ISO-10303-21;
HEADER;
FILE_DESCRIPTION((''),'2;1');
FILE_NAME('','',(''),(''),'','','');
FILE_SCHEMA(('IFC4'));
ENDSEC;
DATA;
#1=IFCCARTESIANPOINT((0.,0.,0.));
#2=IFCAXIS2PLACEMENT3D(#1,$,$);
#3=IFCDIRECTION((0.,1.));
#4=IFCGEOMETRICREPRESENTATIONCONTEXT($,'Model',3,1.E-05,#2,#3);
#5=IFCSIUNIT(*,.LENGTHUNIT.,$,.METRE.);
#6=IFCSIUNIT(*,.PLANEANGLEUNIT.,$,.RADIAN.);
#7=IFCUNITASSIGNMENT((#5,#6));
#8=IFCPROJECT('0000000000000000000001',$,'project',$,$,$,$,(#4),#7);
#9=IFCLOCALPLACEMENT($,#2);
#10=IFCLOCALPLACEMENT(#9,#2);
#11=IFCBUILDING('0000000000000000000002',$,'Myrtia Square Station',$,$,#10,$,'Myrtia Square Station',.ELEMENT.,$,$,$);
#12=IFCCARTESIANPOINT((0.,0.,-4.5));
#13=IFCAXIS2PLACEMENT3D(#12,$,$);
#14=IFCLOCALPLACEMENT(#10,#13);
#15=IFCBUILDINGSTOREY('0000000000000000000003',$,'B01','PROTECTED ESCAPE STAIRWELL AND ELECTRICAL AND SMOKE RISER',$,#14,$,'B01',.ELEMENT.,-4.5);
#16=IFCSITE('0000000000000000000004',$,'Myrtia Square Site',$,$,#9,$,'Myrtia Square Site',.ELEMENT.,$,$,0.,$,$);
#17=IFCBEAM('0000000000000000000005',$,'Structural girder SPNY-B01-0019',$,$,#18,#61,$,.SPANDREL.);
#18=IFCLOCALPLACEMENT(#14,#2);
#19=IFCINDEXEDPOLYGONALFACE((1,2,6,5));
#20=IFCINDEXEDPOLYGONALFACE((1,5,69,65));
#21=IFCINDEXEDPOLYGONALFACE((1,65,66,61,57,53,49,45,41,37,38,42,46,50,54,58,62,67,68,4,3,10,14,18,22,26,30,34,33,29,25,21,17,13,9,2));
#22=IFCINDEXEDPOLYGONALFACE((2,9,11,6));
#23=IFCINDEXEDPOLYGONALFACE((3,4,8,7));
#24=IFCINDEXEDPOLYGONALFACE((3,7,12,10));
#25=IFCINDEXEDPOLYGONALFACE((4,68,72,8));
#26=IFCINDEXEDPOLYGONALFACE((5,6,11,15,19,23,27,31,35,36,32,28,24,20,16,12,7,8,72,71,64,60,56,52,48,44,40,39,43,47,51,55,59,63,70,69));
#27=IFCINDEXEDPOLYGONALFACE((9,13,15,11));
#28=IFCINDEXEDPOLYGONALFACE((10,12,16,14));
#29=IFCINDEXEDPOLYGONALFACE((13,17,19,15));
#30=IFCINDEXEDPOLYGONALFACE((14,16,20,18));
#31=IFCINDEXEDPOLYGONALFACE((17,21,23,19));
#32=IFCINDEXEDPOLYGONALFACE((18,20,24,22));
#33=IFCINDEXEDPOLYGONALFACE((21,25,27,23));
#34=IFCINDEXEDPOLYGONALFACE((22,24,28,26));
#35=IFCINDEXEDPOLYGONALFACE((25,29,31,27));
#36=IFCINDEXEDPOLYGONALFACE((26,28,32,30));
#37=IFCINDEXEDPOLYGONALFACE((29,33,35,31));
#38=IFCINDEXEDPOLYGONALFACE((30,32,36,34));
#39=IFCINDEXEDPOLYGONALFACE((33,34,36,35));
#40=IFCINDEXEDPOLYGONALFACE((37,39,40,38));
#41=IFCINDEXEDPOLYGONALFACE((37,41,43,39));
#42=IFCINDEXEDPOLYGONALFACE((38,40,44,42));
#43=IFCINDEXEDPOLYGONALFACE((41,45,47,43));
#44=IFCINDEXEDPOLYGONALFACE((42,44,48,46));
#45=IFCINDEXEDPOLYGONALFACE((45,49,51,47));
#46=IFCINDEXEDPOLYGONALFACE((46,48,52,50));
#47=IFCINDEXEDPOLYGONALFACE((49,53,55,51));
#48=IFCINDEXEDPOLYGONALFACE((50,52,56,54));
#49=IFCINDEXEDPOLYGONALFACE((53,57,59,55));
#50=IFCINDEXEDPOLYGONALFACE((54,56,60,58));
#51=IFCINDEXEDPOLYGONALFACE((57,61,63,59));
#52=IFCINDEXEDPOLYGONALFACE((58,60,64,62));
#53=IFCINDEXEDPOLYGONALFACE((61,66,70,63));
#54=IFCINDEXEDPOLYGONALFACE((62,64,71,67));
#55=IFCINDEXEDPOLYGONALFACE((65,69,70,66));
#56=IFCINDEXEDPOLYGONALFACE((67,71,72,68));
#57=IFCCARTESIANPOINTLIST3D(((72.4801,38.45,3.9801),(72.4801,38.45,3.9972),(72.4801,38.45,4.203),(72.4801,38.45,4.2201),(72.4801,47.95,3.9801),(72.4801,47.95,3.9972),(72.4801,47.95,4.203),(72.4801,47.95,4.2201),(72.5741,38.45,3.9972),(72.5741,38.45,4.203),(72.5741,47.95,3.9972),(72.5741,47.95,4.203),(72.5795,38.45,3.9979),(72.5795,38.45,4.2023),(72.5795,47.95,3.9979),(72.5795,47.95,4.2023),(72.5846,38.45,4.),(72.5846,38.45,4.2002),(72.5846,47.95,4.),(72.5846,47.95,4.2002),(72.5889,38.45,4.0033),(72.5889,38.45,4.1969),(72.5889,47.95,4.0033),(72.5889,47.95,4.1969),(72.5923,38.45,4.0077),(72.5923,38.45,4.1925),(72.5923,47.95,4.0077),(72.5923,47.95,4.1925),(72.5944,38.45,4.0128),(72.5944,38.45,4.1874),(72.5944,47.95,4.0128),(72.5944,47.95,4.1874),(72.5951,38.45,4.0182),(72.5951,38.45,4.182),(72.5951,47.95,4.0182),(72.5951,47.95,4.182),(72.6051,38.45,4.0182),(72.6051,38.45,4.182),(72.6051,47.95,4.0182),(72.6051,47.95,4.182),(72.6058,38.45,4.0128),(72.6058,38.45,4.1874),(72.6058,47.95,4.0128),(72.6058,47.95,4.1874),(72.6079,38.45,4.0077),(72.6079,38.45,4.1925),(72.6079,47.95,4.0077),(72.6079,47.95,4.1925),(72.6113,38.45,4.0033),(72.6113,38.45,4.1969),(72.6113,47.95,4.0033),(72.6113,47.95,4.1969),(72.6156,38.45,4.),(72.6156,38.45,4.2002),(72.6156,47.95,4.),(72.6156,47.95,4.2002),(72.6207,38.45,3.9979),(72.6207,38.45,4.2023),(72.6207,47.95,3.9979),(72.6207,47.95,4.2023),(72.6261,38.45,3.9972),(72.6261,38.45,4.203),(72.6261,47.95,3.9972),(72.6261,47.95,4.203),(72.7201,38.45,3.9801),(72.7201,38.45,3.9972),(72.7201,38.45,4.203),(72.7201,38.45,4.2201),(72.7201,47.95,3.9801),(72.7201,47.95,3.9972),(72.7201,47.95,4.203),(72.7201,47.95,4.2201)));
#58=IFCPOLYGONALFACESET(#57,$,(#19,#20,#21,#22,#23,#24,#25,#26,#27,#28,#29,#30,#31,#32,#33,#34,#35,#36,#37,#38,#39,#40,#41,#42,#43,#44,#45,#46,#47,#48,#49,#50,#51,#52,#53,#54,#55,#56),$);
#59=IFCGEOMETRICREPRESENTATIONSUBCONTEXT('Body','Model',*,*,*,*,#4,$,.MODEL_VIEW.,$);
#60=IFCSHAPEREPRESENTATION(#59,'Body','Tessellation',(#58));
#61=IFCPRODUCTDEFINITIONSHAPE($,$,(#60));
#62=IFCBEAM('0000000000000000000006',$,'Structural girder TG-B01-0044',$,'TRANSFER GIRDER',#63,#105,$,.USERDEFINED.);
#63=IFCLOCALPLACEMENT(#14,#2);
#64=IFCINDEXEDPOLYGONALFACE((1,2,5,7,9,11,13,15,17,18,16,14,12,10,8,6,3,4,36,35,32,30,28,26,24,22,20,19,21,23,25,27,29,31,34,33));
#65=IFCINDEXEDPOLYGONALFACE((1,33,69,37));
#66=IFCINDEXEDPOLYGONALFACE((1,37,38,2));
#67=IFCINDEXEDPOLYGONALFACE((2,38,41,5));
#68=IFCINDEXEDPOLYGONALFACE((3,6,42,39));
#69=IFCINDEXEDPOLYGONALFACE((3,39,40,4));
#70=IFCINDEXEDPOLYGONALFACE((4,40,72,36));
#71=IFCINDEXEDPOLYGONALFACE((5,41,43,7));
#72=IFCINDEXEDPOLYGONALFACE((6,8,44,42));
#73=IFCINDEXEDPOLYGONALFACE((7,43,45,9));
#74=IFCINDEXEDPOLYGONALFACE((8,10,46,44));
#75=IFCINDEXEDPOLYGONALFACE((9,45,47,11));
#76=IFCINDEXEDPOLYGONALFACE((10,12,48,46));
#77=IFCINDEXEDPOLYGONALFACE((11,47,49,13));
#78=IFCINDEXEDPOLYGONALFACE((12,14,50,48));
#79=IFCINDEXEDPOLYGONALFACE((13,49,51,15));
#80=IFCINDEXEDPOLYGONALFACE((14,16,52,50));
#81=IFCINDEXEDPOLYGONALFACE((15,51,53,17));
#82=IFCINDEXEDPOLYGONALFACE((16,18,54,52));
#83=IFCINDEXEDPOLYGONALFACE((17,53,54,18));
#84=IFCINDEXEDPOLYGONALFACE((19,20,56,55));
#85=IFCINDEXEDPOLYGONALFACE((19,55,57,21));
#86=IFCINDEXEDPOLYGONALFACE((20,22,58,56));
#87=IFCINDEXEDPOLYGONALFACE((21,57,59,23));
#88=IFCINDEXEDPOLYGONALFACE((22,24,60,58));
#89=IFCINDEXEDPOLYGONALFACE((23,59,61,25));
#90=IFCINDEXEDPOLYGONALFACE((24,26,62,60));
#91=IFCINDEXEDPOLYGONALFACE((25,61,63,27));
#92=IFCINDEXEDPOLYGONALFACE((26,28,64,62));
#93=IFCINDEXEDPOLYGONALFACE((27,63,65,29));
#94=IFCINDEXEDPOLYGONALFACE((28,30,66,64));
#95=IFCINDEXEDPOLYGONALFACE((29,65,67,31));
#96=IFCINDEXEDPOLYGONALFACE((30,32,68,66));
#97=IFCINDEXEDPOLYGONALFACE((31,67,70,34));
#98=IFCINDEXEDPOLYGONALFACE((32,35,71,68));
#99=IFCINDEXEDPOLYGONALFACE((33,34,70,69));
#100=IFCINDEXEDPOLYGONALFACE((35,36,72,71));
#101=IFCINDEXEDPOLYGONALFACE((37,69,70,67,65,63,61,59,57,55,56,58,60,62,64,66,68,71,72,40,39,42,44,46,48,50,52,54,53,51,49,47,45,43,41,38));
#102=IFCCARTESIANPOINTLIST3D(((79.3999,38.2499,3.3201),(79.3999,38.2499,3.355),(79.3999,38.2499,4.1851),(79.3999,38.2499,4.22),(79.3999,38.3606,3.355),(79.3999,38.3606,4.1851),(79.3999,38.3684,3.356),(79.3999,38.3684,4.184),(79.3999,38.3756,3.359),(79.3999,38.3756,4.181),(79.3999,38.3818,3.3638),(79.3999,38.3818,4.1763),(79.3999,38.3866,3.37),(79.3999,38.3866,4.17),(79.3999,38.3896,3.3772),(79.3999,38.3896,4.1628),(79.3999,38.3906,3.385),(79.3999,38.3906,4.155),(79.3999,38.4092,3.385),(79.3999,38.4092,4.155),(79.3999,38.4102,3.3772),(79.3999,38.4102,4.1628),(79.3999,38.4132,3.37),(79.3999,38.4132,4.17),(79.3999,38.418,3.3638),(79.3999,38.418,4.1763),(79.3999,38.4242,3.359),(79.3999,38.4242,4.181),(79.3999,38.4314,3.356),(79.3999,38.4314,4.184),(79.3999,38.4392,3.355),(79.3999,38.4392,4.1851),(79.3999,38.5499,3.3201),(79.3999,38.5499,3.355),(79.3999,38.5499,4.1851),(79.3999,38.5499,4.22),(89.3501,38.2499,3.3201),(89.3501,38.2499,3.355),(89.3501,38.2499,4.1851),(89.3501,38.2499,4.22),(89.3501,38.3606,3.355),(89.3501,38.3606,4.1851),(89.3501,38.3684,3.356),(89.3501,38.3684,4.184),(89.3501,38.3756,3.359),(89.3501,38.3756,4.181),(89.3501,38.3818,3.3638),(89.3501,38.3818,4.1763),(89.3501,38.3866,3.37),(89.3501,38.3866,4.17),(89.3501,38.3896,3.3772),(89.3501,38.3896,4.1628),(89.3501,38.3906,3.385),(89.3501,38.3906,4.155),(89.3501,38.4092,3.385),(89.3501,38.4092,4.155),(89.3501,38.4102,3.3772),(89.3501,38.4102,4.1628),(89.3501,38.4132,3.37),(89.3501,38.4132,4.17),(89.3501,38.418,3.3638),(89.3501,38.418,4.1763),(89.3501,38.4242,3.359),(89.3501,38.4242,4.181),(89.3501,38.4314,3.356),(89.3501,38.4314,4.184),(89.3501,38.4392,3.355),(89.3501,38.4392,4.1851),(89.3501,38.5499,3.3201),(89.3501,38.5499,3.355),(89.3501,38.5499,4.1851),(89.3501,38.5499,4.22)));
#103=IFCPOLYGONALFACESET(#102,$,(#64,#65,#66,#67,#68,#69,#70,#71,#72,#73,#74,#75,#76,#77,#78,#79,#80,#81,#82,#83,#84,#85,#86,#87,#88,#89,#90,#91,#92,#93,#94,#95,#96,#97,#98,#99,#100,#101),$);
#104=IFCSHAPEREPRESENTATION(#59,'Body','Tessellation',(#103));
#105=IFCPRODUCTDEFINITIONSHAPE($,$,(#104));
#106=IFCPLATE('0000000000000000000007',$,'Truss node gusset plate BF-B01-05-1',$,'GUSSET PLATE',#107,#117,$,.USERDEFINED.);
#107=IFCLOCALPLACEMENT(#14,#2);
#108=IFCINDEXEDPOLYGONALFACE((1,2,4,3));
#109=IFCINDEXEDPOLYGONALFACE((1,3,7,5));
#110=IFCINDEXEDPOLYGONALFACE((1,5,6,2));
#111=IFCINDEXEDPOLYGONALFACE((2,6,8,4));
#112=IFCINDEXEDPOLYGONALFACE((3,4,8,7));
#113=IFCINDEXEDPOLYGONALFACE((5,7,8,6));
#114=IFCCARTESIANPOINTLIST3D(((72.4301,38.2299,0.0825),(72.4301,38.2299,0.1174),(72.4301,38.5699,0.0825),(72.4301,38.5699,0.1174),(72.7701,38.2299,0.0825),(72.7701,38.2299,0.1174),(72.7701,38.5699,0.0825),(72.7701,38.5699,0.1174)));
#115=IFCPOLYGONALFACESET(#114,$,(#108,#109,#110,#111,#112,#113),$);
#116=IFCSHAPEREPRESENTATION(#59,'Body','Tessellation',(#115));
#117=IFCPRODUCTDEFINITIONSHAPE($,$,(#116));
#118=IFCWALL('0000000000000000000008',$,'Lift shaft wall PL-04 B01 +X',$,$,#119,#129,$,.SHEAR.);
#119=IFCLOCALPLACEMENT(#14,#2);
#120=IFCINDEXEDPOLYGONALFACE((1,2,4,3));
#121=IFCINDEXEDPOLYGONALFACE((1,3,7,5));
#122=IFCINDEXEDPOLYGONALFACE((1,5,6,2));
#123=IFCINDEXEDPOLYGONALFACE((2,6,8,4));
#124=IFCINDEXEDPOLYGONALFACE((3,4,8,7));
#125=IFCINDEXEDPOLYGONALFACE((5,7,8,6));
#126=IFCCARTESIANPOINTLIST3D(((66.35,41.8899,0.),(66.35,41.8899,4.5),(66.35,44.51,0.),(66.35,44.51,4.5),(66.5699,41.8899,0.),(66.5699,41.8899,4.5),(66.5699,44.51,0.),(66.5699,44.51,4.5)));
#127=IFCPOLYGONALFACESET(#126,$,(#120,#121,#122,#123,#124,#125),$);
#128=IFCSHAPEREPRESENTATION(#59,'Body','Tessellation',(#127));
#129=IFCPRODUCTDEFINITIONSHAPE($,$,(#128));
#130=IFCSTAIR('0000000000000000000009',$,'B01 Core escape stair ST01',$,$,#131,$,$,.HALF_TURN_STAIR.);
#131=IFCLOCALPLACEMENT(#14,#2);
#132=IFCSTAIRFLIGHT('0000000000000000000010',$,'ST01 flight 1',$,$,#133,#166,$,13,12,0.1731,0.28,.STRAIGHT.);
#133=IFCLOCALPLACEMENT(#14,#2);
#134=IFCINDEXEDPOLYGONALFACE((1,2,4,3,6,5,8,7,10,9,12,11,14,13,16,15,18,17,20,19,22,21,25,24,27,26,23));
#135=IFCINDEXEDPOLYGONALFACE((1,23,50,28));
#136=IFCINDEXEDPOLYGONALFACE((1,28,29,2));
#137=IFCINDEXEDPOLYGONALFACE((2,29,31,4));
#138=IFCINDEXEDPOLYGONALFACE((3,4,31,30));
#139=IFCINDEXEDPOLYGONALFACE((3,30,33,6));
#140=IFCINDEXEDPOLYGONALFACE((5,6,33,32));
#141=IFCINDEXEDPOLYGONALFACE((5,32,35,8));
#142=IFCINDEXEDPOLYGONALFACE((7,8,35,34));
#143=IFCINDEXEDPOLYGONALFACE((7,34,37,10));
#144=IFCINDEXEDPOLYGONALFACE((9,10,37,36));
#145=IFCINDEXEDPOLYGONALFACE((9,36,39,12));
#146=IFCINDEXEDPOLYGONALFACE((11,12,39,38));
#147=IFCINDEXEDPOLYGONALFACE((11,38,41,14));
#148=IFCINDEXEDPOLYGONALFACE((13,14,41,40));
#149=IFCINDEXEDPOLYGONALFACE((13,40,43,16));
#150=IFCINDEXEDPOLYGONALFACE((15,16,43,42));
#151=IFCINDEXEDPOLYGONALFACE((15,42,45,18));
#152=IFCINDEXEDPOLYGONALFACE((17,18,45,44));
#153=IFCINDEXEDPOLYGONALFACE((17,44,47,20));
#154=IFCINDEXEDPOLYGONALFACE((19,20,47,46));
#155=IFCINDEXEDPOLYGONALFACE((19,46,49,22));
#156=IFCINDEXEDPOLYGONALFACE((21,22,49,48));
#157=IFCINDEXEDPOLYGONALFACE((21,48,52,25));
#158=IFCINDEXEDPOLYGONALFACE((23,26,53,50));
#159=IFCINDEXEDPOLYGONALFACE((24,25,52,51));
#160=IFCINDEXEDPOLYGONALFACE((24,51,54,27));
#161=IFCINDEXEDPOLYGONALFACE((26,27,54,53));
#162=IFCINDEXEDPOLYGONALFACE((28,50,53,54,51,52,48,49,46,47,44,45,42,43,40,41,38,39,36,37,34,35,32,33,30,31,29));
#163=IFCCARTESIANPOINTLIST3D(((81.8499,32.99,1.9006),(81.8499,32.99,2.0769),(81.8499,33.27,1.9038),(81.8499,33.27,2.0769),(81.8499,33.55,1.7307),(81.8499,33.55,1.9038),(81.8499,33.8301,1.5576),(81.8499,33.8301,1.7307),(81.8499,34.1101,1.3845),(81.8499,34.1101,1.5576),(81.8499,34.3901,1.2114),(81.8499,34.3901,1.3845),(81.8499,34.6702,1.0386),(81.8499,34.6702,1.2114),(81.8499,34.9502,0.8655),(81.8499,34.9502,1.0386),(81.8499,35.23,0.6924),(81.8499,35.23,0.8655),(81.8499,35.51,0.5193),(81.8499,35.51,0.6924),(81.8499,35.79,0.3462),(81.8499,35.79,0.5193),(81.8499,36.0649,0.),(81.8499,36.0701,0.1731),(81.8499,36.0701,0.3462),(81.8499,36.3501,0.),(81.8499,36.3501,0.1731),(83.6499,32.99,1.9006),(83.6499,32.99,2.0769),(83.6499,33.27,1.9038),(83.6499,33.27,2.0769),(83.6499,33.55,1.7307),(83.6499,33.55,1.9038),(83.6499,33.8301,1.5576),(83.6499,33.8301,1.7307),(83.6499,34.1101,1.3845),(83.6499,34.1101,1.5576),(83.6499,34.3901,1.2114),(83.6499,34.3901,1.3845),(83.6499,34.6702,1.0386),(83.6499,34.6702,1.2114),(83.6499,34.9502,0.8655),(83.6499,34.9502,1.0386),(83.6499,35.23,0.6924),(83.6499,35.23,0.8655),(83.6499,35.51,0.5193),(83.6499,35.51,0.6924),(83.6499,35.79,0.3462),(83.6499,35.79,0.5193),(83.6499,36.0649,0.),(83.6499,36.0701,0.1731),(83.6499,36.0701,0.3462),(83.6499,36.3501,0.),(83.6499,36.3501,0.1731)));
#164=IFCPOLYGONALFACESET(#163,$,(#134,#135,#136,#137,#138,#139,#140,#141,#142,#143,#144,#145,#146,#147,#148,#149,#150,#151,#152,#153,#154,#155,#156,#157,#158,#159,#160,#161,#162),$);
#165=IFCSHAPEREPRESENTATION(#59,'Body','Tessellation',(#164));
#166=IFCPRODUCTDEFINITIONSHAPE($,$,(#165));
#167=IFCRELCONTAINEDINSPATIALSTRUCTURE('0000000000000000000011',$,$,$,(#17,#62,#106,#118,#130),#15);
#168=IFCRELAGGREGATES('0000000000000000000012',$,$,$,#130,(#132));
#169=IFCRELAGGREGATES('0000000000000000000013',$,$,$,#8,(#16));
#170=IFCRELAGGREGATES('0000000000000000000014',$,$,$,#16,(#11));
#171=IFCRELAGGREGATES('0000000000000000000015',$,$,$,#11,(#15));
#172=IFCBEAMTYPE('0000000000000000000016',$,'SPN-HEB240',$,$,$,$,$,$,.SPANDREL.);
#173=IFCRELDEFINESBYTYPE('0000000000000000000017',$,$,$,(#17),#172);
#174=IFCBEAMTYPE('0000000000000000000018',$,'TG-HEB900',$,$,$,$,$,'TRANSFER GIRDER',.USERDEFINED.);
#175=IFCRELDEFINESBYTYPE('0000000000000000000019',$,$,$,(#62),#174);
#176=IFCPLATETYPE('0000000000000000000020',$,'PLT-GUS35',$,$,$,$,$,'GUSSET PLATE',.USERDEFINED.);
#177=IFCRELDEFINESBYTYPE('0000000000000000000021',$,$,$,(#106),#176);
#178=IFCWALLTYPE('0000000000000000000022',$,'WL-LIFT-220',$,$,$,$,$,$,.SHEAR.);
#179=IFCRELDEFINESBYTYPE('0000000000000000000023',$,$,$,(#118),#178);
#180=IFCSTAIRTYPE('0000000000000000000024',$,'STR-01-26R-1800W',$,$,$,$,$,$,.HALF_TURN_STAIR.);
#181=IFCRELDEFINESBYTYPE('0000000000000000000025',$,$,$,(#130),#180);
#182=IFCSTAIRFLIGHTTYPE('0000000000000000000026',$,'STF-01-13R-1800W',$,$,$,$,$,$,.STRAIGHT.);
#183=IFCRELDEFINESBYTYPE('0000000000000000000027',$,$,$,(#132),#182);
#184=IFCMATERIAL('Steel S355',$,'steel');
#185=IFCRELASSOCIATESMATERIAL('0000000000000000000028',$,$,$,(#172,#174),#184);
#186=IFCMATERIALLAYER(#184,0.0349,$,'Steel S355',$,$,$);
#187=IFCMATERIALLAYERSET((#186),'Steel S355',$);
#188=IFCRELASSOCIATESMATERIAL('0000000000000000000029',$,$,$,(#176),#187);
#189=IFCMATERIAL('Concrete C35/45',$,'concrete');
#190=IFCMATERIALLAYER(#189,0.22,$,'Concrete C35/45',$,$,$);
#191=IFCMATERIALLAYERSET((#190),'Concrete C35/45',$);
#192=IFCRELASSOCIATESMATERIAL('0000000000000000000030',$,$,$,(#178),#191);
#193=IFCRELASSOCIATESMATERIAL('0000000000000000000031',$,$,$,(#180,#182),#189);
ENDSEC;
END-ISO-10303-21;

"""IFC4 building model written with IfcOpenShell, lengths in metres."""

from ifc_helpers import new_model, si_unit, direction, frame, frame_2d, origin, origin_2d, place, context, subcontext, project, spatial, polyline, rectangle, i_section, outline, extrude, material, layer, layer_set, material_profile, profile_set, type_object, element, aggregate, save


model = new_model("IFC4")

# Units and contexts
model_context = context("Model", 3, precision=1e-05, world=origin(), true_north=direction((0.0, 1.0)))
body_context = subcontext(model_context, "Body", "Model", "MODEL_VIEW")
ifc_project = project(units=[si_unit("LENGTHUNIT", "METRE"), si_unit("PLANEANGLEUNIT", "RADIAN")], contexts=[model_context])

# Site, building, storey
site_placement = place(None, origin())
site = spatial("IfcSite", under=ifc_project, at=site_placement, Name="Myrtia Square Site", LongName="Myrtia Square Site", CompositionType="ELEMENT", RefElevation=0.0)
building_placement = place(site_placement, origin())
building = spatial("IfcBuilding", under=site, at=building_placement, Name="Myrtia Square Station", LongName="Myrtia Square Station", CompositionType="ELEMENT")
storey_placement = place(building_placement, frame((0.0, 0.0, -4.5)))
storey = spatial("IfcBuildingStorey", under=building, at=storey_placement, Name="B01", Description="PROTECTED ESCAPE STAIRWELL AND ELECTRICAL AND SMOKE RISER", LongName="B01", CompositionType="ELEMENT", Elevation=-4.5)

# Shared definitions
ifc_material_1 = material(Name="Concrete C35/45", Category="concrete")

# Shared definitions
ifc_material_2 = material(Name="Steel S355", Category="steel")

# Beams
ifc_material_profile_1 = material_profile(ifc_material_2, i_section(OverallWidth=0.24, OverallDepth=0.24, WebThickness=0.01, FlangeThickness=0.0171, FilletRadius=0.021, at=origin_2d()), Name="HEB 240")
ifc_profile_set_1 = profile_set([ifc_material_profile_1], Name="Steel S355")
beam_type_1 = type_object("IfcBeamType", Name="SPN-HEB240", PredefinedType="SPANDREL", material=ifc_profile_set_1)
beam_1_placement = place(storey_placement, frame((72.6001, 38.45, 4.1001), z_axis=(0.0, 1.0, 0.0), x_axis=(-1.0, 0.0, 0.0)))
element("IfcBeam", 1, at=beam_1_placement, inside=storey, type_object=beam_type_1, Name="Structural girder SPNY-B01-0019", PredefinedType="SPANDREL", context=body_context, shape_type="SweptSolid", body=[
    extrude(i_section(OverallWidth=0.24, OverallDepth=0.24, WebThickness=0.01, FlangeThickness=0.0171, FilletRadius=0.021, at=origin_2d()), origin(), (0.0, 0.0, 1.0), 9.5),
])
ifc_material_profile_2 = material_profile(ifc_material_2, i_section(OverallWidth=0.3, OverallDepth=0.8999, WebThickness=0.0186, FlangeThickness=0.0349, FilletRadius=0.03, at=origin_2d()), Name="HEB 900")
ifc_profile_set_2 = profile_set([ifc_material_profile_2], Name="Steel S355")
beam_type_2 = type_object("IfcBeamType", Name="TG-HEB900", ElementType="TRANSFER GIRDER", PredefinedType="USERDEFINED", material=ifc_profile_set_2)
beam_2_placement = place(storey_placement, frame((79.3999, 38.3999, 3.77), z_axis=(1.0, 0.0, 0.0), x_axis=(0.0, 1.0, 0.0)))
element("IfcBeam", 2, at=beam_2_placement, inside=storey, type_object=beam_type_2, Name="Structural girder TG-B01-0044", ObjectType="TRANSFER GIRDER", PredefinedType="USERDEFINED", context=body_context, shape_type="SweptSolid", body=[
    extrude(i_section(OverallWidth=0.3, OverallDepth=0.8999, WebThickness=0.0186, FlangeThickness=0.0349, FilletRadius=0.03, at=origin_2d()), origin(), (0.0, 0.0, 1.0), 9.9502),
])

# Plate
ifc_layer_1 = layer(ifc_material_2, 0.0349, Name="Steel S355")
ifc_layer_set_1 = layer_set([ifc_layer_1], Name="Steel S355")
plate_type = type_object("IfcPlateType", Name="PLT-GUS35", ElementType="GUSSET PLATE", PredefinedType="USERDEFINED", material=ifc_layer_set_1)
plate_placement = place(storey_placement, frame((72.6001, 38.3999, 0.0825), z_axis=(0.0, 0.0, 1.0), x_axis=(0.0, 1.0, 0.0)))
element("IfcPlate", 3, at=plate_placement, inside=storey, type_object=plate_type, Name="Truss node gusset plate BF-B01-05-1", ObjectType="GUSSET PLATE", PredefinedType="USERDEFINED", context=body_context, shape_type="SweptSolid", body=[
    extrude(rectangle(XDim=0.3401, YDim=0.3401, at=origin_2d()), origin(), (0.0, 0.0, 1.0), 0.0349),
])

# Wall
ifc_layer_2 = layer(ifc_material_1, 0.22, Name="Concrete C35/45")
ifc_layer_set_2 = layer_set([ifc_layer_2], Name="Concrete C35/45")
wall_type_1 = type_object("IfcWallType", Name="WL-LIFT-220", PredefinedType="SHEAR", material=ifc_layer_set_2)
wall_1_placement = place(storey_placement, frame((66.46, 41.8899, 0.0), z_axis=(0.0, 0.0, 1.0), x_axis=(0.0, 1.0, 0.0)))
element("IfcWall", 4, at=wall_1_placement, inside=storey, type_object=wall_type_1, Name="Lift shaft wall PL-04 B01 +X", PredefinedType="SHEAR", context=body_context, shape_type="SweptSolid", body=[
    extrude(rectangle(XDim=2.6201, YDim=0.22, at=frame_2d((1.3101, 0.0))), origin(), (0.0, 0.0, 1.0), 4.5),
])

# Stair, stair flight
stair_type = type_object("IfcStairType", Name="STR-01-26R-1800W", PredefinedType="HALF_TURN_STAIR", material=ifc_material_1)
stair_placement = place(storey_placement, origin())
stair = element("IfcStair", 5, at=stair_placement, inside=storey, type_object=stair_type, Name="B01 Core escape stair ST01", PredefinedType="HALF_TURN_STAIR")
stair_flight_type = type_object("IfcStairFlightType", Name="STF-01-13R-1800W", PredefinedType="STRAIGHT", material=ifc_material_1)
stair_flight_placement = place(storey_placement, frame((82.75, 36.3501, 0.0), z_axis=(0.0, 0.0, 1.0), x_axis=(0.0, -1.0, 0.0)))
stair_flight = element("IfcStairFlight", 6, at=stair_flight_placement, type_object=stair_flight_type, Name="ST01 flight 1", NumberOfRisers=13, NumberOfTreads=12, PredefinedType="STRAIGHT", RiserHeight=0.1731, TreadLength=0.28, context=body_context, shape_type="SweptSolid", body=[
    extrude(outline(polyline([(0.0, 0.0), (0.0, 0.1731), (0.28, 0.1731), (0.28, 0.3462), (0.5601, 0.3462), (0.5601, 0.5193), (0.8401, 0.5193), (0.8401, 0.6924), (1.1201, 0.6924), (1.1201, 0.8655), (1.3999, 0.8655), (1.3999, 1.0386), (1.6799, 1.0386), (1.6799, 1.2114), (1.96, 1.2114), (1.96, 1.3845), (2.24, 1.3845), (2.24, 1.5576), (2.52, 1.5576), (2.52, 1.7307), (2.8, 1.7307), (2.8, 1.9038), (3.0801, 1.9038), (3.0801, 2.0769), (3.3601, 2.0769), (3.3601, 2.25), (3.3601, 1.9006), (0.2852, 0.0), (0.0, 0.0)])), frame((0.0, 0.8999, 0.0), z_axis=(0.0, -1.0, 0.0), x_axis=(1.0, 0.0, 0.0)), (0.0, 0.0, 1.0), 1.8),
])
aggregate(stair, [stair_flight])

save(model, "model.ifc")
